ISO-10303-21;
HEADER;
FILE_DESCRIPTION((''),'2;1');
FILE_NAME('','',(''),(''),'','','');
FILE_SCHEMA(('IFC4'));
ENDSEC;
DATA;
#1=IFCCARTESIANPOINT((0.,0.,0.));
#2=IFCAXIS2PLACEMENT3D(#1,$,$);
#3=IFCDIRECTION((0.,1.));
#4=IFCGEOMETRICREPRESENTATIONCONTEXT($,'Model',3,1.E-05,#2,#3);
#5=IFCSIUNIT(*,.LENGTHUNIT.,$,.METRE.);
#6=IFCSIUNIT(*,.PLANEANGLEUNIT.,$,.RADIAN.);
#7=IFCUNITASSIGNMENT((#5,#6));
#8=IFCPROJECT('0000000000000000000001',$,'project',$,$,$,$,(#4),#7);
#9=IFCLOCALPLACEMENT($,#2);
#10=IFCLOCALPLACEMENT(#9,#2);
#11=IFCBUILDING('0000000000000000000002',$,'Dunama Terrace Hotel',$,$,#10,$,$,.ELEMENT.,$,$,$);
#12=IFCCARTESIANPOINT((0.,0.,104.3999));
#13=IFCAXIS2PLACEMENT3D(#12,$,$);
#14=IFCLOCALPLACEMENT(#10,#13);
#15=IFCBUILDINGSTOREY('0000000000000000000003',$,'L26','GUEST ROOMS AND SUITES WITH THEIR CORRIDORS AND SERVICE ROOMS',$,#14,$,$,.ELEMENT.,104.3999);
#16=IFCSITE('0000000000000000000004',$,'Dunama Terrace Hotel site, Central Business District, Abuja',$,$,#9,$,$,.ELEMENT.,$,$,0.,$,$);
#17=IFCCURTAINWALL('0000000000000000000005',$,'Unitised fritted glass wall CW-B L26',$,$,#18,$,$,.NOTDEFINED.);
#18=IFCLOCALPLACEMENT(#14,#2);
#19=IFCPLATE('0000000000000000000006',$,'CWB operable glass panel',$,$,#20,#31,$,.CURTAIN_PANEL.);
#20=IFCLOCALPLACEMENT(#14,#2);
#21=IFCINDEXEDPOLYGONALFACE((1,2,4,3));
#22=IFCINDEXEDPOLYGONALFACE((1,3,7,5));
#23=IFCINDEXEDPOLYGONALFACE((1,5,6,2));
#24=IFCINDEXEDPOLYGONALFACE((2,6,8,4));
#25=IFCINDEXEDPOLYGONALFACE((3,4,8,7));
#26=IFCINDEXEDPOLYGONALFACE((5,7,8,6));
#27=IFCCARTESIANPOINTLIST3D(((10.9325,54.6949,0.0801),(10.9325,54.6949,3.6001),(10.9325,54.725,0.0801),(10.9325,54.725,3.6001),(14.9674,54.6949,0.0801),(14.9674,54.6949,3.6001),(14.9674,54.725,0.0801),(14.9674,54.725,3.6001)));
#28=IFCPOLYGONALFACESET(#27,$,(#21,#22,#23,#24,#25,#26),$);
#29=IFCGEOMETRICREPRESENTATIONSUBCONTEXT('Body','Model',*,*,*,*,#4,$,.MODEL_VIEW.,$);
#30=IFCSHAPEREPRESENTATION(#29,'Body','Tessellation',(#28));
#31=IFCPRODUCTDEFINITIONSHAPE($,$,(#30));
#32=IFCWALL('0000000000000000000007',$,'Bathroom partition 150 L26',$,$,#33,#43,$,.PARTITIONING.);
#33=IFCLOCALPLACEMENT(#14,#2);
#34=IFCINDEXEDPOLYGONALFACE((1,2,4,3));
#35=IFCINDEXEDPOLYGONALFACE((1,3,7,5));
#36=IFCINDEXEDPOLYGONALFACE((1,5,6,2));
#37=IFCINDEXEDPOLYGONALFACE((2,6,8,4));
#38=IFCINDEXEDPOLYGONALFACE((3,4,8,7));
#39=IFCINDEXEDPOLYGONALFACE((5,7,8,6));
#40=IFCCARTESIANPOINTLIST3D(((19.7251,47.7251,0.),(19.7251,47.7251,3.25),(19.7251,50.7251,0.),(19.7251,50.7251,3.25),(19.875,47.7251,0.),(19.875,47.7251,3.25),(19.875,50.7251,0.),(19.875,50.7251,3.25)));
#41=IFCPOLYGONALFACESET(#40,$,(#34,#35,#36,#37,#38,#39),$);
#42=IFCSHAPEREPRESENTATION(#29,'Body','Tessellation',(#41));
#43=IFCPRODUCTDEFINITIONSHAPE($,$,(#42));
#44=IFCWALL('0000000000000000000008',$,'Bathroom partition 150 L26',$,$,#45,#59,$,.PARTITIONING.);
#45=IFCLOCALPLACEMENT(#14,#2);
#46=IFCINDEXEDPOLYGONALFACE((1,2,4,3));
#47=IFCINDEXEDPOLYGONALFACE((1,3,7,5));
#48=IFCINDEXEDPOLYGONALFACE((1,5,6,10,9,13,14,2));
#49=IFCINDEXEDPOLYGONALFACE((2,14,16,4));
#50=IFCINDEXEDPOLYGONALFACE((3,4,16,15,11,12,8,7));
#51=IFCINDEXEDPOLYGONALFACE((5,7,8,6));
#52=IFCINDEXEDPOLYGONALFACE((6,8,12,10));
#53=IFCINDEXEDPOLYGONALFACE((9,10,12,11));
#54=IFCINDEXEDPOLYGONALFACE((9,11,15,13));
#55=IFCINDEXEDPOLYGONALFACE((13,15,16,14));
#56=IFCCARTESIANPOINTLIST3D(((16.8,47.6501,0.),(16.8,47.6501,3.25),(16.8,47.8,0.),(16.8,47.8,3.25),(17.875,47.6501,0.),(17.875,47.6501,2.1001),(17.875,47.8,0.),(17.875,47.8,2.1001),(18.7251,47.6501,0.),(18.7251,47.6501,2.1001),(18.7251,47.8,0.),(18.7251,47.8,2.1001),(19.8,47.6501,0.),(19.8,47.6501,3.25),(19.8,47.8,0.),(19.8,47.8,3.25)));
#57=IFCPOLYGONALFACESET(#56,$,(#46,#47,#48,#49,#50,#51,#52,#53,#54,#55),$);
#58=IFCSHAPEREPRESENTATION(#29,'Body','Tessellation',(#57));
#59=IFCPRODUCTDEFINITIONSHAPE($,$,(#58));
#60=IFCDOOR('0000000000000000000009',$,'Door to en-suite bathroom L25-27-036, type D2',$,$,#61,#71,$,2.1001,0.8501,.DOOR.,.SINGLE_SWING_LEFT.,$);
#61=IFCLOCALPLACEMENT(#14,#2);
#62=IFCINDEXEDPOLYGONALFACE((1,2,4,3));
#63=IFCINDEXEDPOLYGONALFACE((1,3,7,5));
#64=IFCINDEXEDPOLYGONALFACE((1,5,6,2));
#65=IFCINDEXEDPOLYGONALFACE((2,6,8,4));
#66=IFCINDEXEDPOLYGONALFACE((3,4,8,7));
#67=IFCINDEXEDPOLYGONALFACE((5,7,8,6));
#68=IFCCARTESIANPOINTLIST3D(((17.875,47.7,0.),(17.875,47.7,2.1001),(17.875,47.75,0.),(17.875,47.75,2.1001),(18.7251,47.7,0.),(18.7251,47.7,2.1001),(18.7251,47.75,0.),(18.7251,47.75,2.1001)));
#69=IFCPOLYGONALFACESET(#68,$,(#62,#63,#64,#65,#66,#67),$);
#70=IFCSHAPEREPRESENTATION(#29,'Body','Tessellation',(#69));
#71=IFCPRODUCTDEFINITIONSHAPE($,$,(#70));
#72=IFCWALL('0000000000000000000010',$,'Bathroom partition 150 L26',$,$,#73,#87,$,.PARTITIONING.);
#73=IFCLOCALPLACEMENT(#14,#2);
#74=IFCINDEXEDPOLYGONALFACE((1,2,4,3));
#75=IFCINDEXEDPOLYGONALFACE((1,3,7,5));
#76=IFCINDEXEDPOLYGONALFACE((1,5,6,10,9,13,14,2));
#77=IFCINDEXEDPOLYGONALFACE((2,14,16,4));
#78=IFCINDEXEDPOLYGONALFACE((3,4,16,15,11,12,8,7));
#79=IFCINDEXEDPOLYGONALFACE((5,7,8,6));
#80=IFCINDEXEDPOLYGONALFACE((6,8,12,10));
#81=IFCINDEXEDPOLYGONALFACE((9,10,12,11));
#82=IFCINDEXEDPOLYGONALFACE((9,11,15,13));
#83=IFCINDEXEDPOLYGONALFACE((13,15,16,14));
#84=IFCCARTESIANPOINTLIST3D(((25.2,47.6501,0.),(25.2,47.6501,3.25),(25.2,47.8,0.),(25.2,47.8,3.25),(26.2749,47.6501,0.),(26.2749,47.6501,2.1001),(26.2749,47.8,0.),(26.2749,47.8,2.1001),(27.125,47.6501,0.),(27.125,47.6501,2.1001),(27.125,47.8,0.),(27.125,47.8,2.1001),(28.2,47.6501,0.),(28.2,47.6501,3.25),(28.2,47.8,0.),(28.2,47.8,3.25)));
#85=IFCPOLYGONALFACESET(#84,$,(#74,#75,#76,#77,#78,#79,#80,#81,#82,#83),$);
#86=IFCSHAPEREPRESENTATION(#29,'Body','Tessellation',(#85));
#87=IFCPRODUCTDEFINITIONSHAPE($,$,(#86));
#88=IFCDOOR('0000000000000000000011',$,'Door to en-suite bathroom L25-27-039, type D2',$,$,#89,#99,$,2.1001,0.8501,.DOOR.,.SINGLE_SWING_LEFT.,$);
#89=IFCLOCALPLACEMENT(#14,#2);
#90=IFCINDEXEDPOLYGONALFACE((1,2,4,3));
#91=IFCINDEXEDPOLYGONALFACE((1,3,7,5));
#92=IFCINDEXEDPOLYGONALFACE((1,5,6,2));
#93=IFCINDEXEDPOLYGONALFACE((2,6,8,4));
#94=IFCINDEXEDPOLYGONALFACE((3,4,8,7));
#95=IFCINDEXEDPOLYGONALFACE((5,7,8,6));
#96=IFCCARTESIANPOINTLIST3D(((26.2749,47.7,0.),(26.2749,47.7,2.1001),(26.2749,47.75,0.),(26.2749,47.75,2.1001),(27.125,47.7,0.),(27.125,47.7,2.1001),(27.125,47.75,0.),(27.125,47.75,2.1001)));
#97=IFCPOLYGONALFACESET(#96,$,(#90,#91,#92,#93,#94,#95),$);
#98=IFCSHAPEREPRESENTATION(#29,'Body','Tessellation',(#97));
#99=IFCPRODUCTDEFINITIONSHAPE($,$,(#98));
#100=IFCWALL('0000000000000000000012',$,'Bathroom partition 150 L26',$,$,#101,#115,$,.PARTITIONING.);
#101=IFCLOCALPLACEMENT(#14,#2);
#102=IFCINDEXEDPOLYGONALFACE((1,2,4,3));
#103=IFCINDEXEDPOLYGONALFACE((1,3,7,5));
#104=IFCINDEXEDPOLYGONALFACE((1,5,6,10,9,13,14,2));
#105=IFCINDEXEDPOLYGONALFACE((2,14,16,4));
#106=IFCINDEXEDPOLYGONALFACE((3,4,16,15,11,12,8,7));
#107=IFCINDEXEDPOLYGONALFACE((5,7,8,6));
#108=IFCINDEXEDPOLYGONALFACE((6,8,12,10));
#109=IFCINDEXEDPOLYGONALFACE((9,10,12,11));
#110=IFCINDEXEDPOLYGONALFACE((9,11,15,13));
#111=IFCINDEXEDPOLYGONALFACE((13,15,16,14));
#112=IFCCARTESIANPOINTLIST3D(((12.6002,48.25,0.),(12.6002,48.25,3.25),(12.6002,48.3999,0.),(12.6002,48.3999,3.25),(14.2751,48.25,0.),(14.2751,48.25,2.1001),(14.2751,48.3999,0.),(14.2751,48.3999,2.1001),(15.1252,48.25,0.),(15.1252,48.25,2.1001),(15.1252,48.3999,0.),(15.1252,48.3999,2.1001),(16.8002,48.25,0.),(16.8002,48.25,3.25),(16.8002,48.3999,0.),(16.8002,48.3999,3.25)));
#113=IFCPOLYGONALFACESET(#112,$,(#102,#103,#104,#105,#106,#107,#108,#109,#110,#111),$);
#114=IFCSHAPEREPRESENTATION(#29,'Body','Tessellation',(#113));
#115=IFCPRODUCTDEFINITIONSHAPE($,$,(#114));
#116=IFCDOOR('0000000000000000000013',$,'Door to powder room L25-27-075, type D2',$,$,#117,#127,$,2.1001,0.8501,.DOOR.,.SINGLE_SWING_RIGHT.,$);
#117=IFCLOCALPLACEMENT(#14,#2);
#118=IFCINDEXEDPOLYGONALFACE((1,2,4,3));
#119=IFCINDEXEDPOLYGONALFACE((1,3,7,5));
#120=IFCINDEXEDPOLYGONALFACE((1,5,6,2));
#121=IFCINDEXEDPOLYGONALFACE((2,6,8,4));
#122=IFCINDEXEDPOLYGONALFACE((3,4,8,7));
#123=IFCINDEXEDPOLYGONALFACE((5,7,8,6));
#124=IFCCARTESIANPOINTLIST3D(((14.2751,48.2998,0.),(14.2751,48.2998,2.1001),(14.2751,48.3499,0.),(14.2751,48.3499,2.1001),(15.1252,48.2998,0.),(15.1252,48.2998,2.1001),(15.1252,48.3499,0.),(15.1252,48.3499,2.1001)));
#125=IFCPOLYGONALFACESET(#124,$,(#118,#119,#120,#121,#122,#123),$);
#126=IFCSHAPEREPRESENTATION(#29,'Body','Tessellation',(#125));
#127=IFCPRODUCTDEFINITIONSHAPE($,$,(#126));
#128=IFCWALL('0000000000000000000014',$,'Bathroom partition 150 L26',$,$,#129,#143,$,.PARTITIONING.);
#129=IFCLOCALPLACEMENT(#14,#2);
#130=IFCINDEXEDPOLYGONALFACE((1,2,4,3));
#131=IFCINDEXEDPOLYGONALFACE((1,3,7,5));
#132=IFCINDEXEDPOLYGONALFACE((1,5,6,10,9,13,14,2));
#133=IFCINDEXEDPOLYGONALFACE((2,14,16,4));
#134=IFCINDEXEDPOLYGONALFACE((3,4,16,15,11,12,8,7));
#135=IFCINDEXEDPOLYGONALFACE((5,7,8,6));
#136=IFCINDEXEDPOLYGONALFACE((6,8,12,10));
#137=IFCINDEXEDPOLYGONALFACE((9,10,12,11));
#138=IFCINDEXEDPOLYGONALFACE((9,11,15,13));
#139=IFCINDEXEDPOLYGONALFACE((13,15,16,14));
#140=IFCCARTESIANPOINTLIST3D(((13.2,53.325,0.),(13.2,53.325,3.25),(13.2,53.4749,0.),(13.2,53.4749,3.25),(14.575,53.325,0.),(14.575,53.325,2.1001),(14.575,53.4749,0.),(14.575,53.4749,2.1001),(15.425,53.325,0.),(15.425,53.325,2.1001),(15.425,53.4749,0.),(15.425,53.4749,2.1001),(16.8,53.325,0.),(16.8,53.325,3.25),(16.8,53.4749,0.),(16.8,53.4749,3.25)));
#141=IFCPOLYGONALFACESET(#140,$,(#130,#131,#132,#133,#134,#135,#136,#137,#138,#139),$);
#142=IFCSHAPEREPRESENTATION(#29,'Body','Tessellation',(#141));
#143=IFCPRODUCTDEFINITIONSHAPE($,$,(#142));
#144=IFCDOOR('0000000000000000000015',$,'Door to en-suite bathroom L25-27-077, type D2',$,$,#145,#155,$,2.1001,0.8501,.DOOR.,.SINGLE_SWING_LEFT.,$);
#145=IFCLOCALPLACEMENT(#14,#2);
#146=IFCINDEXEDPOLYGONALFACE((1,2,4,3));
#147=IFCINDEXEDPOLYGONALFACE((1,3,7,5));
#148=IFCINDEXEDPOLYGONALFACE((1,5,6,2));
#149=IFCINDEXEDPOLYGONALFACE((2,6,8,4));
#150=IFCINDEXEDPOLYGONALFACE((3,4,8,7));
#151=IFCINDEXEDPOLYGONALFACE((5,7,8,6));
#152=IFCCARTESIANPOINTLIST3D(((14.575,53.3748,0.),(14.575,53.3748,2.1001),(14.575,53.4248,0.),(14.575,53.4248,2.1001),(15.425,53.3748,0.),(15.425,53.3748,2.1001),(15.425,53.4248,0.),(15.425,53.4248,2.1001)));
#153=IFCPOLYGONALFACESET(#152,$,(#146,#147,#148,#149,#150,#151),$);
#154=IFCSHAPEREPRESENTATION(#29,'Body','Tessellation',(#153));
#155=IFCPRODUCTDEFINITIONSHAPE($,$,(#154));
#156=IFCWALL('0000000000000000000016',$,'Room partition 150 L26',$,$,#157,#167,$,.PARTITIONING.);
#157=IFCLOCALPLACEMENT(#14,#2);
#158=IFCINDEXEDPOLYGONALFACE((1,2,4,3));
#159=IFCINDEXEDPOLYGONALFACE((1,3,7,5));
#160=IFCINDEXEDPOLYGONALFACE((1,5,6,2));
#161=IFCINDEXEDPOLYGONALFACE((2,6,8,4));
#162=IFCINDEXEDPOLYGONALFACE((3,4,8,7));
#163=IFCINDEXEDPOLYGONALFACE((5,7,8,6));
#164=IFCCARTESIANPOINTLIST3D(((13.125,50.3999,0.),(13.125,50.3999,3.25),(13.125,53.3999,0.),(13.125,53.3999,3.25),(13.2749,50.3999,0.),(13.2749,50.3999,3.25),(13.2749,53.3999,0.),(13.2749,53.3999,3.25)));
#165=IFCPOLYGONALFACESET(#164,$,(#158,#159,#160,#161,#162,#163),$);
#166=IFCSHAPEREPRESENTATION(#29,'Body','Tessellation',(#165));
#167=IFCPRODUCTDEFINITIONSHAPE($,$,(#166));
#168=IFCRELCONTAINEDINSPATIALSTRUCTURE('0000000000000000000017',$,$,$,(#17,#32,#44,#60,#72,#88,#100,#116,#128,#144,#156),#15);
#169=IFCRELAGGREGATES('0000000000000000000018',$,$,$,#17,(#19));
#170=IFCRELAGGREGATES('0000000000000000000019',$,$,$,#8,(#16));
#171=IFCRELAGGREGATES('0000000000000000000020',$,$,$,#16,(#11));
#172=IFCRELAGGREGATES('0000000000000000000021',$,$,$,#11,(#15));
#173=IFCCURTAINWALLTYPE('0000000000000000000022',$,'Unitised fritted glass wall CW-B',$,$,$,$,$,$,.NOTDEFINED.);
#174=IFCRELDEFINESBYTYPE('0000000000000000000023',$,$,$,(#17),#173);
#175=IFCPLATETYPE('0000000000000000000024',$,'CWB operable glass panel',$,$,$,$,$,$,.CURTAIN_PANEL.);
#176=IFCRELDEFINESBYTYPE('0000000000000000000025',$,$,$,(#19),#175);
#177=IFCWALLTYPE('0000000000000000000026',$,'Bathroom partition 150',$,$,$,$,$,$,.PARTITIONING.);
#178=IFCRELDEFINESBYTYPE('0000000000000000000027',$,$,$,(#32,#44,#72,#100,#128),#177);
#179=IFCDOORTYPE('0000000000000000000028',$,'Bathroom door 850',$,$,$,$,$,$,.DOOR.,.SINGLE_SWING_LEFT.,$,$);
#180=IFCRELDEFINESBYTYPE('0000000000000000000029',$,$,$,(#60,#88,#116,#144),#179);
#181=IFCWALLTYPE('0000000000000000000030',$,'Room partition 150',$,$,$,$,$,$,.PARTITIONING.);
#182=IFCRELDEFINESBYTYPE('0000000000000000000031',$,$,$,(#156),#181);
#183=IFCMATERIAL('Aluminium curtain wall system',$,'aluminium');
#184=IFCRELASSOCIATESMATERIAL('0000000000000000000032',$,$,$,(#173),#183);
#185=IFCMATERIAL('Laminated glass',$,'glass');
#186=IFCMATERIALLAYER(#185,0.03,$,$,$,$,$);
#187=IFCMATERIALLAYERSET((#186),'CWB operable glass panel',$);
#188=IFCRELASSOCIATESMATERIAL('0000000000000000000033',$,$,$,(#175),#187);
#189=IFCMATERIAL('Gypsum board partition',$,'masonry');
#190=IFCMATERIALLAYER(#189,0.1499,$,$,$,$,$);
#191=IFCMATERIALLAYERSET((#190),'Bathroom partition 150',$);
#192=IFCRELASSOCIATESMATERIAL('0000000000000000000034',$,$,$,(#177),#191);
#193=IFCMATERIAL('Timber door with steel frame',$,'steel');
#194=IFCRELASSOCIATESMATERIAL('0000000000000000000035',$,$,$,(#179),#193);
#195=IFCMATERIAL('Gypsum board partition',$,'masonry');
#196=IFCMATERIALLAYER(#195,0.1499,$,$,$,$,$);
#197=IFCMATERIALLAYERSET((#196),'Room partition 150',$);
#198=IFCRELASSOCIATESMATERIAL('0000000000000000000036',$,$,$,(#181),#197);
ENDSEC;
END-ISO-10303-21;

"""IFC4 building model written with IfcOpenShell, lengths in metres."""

from ifc_helpers import new_model, si_unit, direction, frame, frame_2d, origin, origin_2d, place, context, subcontext, project, spatial, rectangle, extrude, material, layer, layer_set, type_object, element, fill, aggregate, save


model = new_model("IFC4")

# Units and contexts
model_context = context("Model", 3, precision=1e-05, world=origin(), true_north=direction((0.0, 1.0)))
body_context = subcontext(model_context, "Body", "Model", "MODEL_VIEW")
ifc_project = project(units=[si_unit("LENGTHUNIT", "METRE"), si_unit("PLANEANGLEUNIT", "RADIAN")], contexts=[model_context])

# Site, building, storey
site_placement = place(None, origin())
site = spatial("IfcSite", under=ifc_project, at=site_placement, Name="Dunama Terrace Hotel site, Central Business District, Abuja", CompositionType="ELEMENT", RefElevation=0.0)
building_placement = place(site_placement, origin())
building = spatial("IfcBuilding", under=site, at=building_placement, Name="Dunama Terrace Hotel", CompositionType="ELEMENT")
storey_placement = place(building_placement, frame((0.0, 0.0, 104.3999)))
storey = spatial("IfcBuildingStorey", under=building, at=storey_placement, Name="L26", Description="GUEST ROOMS AND SUITES WITH THEIR CORRIDORS AND SERVICE ROOMS", CompositionType="ELEMENT", Elevation=104.3999)

# Curtain wall
ifc_material_1 = material(Name="Aluminium curtain wall system", Category="aluminium")
curtain_wall_type = type_object("IfcCurtainWallType", Name="Unitised fritted glass wall CW-B", PredefinedType="NOTDEFINED", material=ifc_material_1)
curtain_wall_placement = place(storey_placement, origin())
curtain_wall = element("IfcCurtainWall", 1, at=curtain_wall_placement, inside=storey, type_object=curtain_wall_type, Name="Unitised fritted glass wall CW-B L26", PredefinedType="NOTDEFINED")

# Plate
ifc_material_2 = material(Name="Laminated glass", Category="glass")
ifc_layer_1 = layer(ifc_material_2, 0.03)
ifc_layer_set_1 = layer_set([ifc_layer_1], Name="CWB operable glass panel")
plate_type_1 = type_object("IfcPlateType", Name="CWB operable glass panel", PredefinedType="CURTAIN_PANEL", material=ifc_layer_set_1)
plate_1_placement = place(storey_placement, frame((12.95, 54.71, 0.0801), z_axis=(0.0, 0.0, 1.0), x_axis=(-1.0, 0.0, 0.0)))
plate_1 = element("IfcPlate", 2, at=plate_1_placement, type_object=plate_type_1, Name="CWB operable glass panel", PredefinedType="CURTAIN_PANEL", context=body_context, shape_type="SweptSolid", body=[
    extrude(rectangle(XDim=4.0349, YDim=0.03, at=origin_2d()), origin(), (0.0, 0.0, 1.0), 3.52),
])
aggregate(curtain_wall, [plate_1])

# Wall
ifc_material_3 = material(Name="Gypsum board partition", Category="masonry")
ifc_layer_2 = layer(ifc_material_3, 0.1499)
ifc_layer_set_2 = layer_set([ifc_layer_2], Name="Bathroom partition 150")
wall_type_1 = type_object("IfcWallType", Name="Bathroom partition 150", PredefinedType="PARTITIONING", material=ifc_layer_set_2)
wall_1_placement = place(storey_placement, frame((19.8, 47.7251, 0.0), z_axis=(0.0, 0.0, 1.0), x_axis=(0.0, 1.0, 0.0)))
element("IfcWall", 3, at=wall_1_placement, inside=storey, type_object=wall_type_1, Name="Bathroom partition 150 L26", PredefinedType="PARTITIONING", context=body_context, shape_type="SweptSolid", body=[
    extrude(rectangle(XDim=3.0, YDim=0.1499, at=frame_2d((1.5, 0.0))), origin(), (0.0, 0.0, 1.0), 3.25),
])

# Walls, openings, doors
wall_2_placement = place(storey_placement, frame((16.8, 47.7251, 0.0), z_axis=(0.0, 0.0, 1.0), x_axis=(1.0, 0.0, 0.0)))
wall_2 = element("IfcWall", 4, at=wall_2_placement, inside=storey, type_object=wall_type_1, Name="Bathroom partition 150 L26", PredefinedType="PARTITIONING", context=body_context, shape_type="SweptSolid", body=[
    extrude(rectangle(XDim=3.0, YDim=0.1499, at=frame_2d((1.5, 0.0))), origin(), (0.0, 0.0, 1.0), 3.25),
])
opening_1_placement = place(wall_2_placement, frame((1.075, 0.0, 0.0)))
opening_1 = element("IfcOpeningElement", 5, at=opening_1_placement, cuts=wall_2, PredefinedType="OPENING", context=body_context, shape_type="SweptSolid", body=[
    extrude(rectangle(XDim=0.8501, YDim=2.1001, at=frame_2d((0.425, 1.05))), frame((0.0, 0.085, 0.0), z_axis=(0.0, -1.0, 0.0), x_axis=(1.0, 0.0, 0.0)), (0.0, 0.0, 1.0), 0.1699),
])
ifc_material_4 = material(Name="Timber door with steel frame", Category="steel")
door_type_1 = type_object("IfcDoorType", Name="Bathroom door 850", OperationType="SINGLE_SWING_LEFT", PredefinedType="DOOR", material=ifc_material_4)
door_1_placement = place(opening_1_placement, origin())
door_1 = element("IfcDoor", 6, at=door_1_placement, inside=storey, type_object=door_type_1, Name="Door to en-suite bathroom L25-27-036, type D2", OperationType="SINGLE_SWING_LEFT", OverallHeight=2.1001, OverallWidth=0.8501, PredefinedType="DOOR", context=body_context, shape_type="SweptSolid", body=[
    extrude(rectangle(XDim=0.8501, YDim=2.1001, at=frame_2d((0.425, 1.05))), frame((0.0, 0.0249, 0.0), z_axis=(0.0, -1.0, 0.0), x_axis=(1.0, 0.0, 0.0)), (0.0, 0.0, 1.0), 0.05),
])
fill(opening_1, door_1)
wall_3_placement = place(storey_placement, frame((25.2, 47.7251, 0.0), z_axis=(0.0, 0.0, 1.0), x_axis=(1.0, 0.0, 0.0)))
wall_3 = element("IfcWall", 7, at=wall_3_placement, inside=storey, type_object=wall_type_1, Name="Bathroom partition 150 L26", PredefinedType="PARTITIONING", context=body_context, shape_type="SweptSolid", body=[
    extrude(rectangle(XDim=3.0, YDim=0.1499, at=frame_2d((1.5, 0.0))), origin(), (0.0, 0.0, 1.0), 3.25),
])
opening_2_placement = place(wall_3_placement, frame((1.075, 0.0, 0.0)))
opening_2 = element("IfcOpeningElement", 8, at=opening_2_placement, cuts=wall_3, PredefinedType="OPENING", context=body_context, shape_type="SweptSolid", body=[
    extrude(rectangle(XDim=0.8501, YDim=2.1001, at=frame_2d((0.425, 1.05))), frame((0.0, 0.085, 0.0), z_axis=(0.0, -1.0, 0.0), x_axis=(1.0, 0.0, 0.0)), (0.0, 0.0, 1.0), 0.1699),
])
door_2_placement = place(opening_2_placement, origin())
door_2 = element("IfcDoor", 9, at=door_2_placement, inside=storey, type_object=door_type_1, Name="Door to en-suite bathroom L25-27-039, type D2", OperationType="SINGLE_SWING_LEFT", OverallHeight=2.1001, OverallWidth=0.8501, PredefinedType="DOOR", context=body_context, shape_type="SweptSolid", body=[
    extrude(rectangle(XDim=0.8501, YDim=2.1001, at=frame_2d((0.425, 1.05))), frame((0.0, 0.0249, 0.0), z_axis=(0.0, -1.0, 0.0), x_axis=(1.0, 0.0, 0.0)), (0.0, 0.0, 1.0), 0.05),
])
fill(opening_2, door_2)
wall_4_placement = place(storey_placement, frame((12.6001, 48.325, 0.0), z_axis=(0.0, 0.0, 1.0), x_axis=(1.0, 0.0, 0.0)))
wall_4 = element("IfcWall", 10, at=wall_4_placement, inside=storey, type_object=wall_type_1, Name="Bathroom partition 150 L26", PredefinedType="PARTITIONING", context=body_context, shape_type="SweptSolid", body=[
    extrude(rectangle(XDim=4.2, YDim=0.1499, at=frame_2d((2.1001, 0.0))), origin(), (0.0, 0.0, 1.0), 3.25),
])
opening_3_placement = place(wall_4_placement, frame((1.675, 0.0, 0.0)))
opening_3 = element("IfcOpeningElement", 11, at=opening_3_placement, cuts=wall_4, PredefinedType="OPENING", context=body_context, shape_type="SweptSolid", body=[
    extrude(rectangle(XDim=0.8501, YDim=2.1001, at=frame_2d((0.425, 1.05))), frame((0.0, 0.085, 0.0), z_axis=(0.0, -1.0, 0.0), x_axis=(1.0, 0.0, 0.0)), (0.0, 0.0, 1.0), 0.1699),
])
door_3_placement = place(opening_3_placement, frame((0.8501, 0.0, 0.0), z_axis=(0.0, 0.0, 1.0), x_axis=(-1.0, 0.0, 0.0)))
door_3 = element("IfcDoor", 12, at=door_3_placement, inside=storey, type_object=door_type_1, Name="Door to powder room L25-27-075, type D2", OperationType="SINGLE_SWING_RIGHT", OverallHeight=2.1001, OverallWidth=0.8501, PredefinedType="DOOR", context=body_context, shape_type="SweptSolid", body=[
    extrude(rectangle(XDim=0.8501, YDim=2.1001, at=frame_2d((0.425, 1.05))), frame((0.0, 0.0251, 0.0), z_axis=(0.0, -1.0, 0.0), x_axis=(1.0, 0.0, 0.0)), (0.0, 0.0, 1.0), 0.05),
])
fill(opening_3, door_3)
wall_5_placement = place(storey_placement, frame((13.2, 53.3999, 0.0), z_axis=(0.0, 0.0, 1.0), x_axis=(1.0, 0.0, 0.0)))
wall_5 = element("IfcWall", 13, at=wall_5_placement, inside=storey, type_object=wall_type_1, Name="Bathroom partition 150 L26", PredefinedType="PARTITIONING", context=body_context, shape_type="SweptSolid", body=[
    extrude(rectangle(XDim=3.6001, YDim=0.1499, at=frame_2d((1.8, 0.0))), origin(), (0.0, 0.0, 1.0), 3.25),
])
opening_4_placement = place(wall_5_placement, frame((1.375, 0.0, 0.0)))
opening_4 = element("IfcOpeningElement", 14, at=opening_4_placement, cuts=wall_5, PredefinedType="OPENING", context=body_context, shape_type="SweptSolid", body=[
    extrude(rectangle(XDim=0.8501, YDim=2.1001, at=frame_2d((0.425, 1.05))), frame((0.0, 0.085, 0.0), z_axis=(0.0, -1.0, 0.0), x_axis=(1.0, 0.0, 0.0)), (0.0, 0.0, 1.0), 0.1699),
])
door_4_placement = place(opening_4_placement, frame((0.8501, 0.0, 0.0), z_axis=(0.0, 0.0, 1.0), x_axis=(-1.0, 0.0, 0.0)))
door_4 = element("IfcDoor", 15, at=door_4_placement, inside=storey, type_object=door_type_1, Name="Door to en-suite bathroom L25-27-077, type D2", OperationType="SINGLE_SWING_LEFT", OverallHeight=2.1001, OverallWidth=0.8501, PredefinedType="DOOR", context=body_context, shape_type="SweptSolid", body=[
    extrude(rectangle(XDim=0.8501, YDim=2.1001, at=frame_2d((0.425, 1.05))), frame((0.0, 0.0251, 0.0), z_axis=(0.0, -1.0, 0.0), x_axis=(1.0, 0.0, 0.0)), (0.0, 0.0, 1.0), 0.05),
])
fill(opening_4, door_4)

# Wall
ifc_material_5 = material(Name="Gypsum board partition", Category="masonry")
ifc_layer_3 = layer(ifc_material_5, 0.1499)
ifc_layer_set_3 = layer_set([ifc_layer_3], Name="Room partition 150")
wall_type_2 = type_object("IfcWallType", Name="Room partition 150", PredefinedType="PARTITIONING", material=ifc_layer_set_3)
wall_6_placement = place(storey_placement, frame((13.2, 50.3999, 0.0), z_axis=(0.0, 0.0, 1.0), x_axis=(0.0, 1.0, 0.0)))
element("IfcWall", 16, at=wall_6_placement, inside=storey, type_object=wall_type_2, Name="Room partition 150 L26", PredefinedType="PARTITIONING", context=body_context, shape_type="SweptSolid", body=[
    extrude(rectangle(XDim=3.0, YDim=0.1499, at=frame_2d((1.5, 0.0))), origin(), (0.0, 0.0, 1.0), 3.25),
])

save(model, "model.ifc")
